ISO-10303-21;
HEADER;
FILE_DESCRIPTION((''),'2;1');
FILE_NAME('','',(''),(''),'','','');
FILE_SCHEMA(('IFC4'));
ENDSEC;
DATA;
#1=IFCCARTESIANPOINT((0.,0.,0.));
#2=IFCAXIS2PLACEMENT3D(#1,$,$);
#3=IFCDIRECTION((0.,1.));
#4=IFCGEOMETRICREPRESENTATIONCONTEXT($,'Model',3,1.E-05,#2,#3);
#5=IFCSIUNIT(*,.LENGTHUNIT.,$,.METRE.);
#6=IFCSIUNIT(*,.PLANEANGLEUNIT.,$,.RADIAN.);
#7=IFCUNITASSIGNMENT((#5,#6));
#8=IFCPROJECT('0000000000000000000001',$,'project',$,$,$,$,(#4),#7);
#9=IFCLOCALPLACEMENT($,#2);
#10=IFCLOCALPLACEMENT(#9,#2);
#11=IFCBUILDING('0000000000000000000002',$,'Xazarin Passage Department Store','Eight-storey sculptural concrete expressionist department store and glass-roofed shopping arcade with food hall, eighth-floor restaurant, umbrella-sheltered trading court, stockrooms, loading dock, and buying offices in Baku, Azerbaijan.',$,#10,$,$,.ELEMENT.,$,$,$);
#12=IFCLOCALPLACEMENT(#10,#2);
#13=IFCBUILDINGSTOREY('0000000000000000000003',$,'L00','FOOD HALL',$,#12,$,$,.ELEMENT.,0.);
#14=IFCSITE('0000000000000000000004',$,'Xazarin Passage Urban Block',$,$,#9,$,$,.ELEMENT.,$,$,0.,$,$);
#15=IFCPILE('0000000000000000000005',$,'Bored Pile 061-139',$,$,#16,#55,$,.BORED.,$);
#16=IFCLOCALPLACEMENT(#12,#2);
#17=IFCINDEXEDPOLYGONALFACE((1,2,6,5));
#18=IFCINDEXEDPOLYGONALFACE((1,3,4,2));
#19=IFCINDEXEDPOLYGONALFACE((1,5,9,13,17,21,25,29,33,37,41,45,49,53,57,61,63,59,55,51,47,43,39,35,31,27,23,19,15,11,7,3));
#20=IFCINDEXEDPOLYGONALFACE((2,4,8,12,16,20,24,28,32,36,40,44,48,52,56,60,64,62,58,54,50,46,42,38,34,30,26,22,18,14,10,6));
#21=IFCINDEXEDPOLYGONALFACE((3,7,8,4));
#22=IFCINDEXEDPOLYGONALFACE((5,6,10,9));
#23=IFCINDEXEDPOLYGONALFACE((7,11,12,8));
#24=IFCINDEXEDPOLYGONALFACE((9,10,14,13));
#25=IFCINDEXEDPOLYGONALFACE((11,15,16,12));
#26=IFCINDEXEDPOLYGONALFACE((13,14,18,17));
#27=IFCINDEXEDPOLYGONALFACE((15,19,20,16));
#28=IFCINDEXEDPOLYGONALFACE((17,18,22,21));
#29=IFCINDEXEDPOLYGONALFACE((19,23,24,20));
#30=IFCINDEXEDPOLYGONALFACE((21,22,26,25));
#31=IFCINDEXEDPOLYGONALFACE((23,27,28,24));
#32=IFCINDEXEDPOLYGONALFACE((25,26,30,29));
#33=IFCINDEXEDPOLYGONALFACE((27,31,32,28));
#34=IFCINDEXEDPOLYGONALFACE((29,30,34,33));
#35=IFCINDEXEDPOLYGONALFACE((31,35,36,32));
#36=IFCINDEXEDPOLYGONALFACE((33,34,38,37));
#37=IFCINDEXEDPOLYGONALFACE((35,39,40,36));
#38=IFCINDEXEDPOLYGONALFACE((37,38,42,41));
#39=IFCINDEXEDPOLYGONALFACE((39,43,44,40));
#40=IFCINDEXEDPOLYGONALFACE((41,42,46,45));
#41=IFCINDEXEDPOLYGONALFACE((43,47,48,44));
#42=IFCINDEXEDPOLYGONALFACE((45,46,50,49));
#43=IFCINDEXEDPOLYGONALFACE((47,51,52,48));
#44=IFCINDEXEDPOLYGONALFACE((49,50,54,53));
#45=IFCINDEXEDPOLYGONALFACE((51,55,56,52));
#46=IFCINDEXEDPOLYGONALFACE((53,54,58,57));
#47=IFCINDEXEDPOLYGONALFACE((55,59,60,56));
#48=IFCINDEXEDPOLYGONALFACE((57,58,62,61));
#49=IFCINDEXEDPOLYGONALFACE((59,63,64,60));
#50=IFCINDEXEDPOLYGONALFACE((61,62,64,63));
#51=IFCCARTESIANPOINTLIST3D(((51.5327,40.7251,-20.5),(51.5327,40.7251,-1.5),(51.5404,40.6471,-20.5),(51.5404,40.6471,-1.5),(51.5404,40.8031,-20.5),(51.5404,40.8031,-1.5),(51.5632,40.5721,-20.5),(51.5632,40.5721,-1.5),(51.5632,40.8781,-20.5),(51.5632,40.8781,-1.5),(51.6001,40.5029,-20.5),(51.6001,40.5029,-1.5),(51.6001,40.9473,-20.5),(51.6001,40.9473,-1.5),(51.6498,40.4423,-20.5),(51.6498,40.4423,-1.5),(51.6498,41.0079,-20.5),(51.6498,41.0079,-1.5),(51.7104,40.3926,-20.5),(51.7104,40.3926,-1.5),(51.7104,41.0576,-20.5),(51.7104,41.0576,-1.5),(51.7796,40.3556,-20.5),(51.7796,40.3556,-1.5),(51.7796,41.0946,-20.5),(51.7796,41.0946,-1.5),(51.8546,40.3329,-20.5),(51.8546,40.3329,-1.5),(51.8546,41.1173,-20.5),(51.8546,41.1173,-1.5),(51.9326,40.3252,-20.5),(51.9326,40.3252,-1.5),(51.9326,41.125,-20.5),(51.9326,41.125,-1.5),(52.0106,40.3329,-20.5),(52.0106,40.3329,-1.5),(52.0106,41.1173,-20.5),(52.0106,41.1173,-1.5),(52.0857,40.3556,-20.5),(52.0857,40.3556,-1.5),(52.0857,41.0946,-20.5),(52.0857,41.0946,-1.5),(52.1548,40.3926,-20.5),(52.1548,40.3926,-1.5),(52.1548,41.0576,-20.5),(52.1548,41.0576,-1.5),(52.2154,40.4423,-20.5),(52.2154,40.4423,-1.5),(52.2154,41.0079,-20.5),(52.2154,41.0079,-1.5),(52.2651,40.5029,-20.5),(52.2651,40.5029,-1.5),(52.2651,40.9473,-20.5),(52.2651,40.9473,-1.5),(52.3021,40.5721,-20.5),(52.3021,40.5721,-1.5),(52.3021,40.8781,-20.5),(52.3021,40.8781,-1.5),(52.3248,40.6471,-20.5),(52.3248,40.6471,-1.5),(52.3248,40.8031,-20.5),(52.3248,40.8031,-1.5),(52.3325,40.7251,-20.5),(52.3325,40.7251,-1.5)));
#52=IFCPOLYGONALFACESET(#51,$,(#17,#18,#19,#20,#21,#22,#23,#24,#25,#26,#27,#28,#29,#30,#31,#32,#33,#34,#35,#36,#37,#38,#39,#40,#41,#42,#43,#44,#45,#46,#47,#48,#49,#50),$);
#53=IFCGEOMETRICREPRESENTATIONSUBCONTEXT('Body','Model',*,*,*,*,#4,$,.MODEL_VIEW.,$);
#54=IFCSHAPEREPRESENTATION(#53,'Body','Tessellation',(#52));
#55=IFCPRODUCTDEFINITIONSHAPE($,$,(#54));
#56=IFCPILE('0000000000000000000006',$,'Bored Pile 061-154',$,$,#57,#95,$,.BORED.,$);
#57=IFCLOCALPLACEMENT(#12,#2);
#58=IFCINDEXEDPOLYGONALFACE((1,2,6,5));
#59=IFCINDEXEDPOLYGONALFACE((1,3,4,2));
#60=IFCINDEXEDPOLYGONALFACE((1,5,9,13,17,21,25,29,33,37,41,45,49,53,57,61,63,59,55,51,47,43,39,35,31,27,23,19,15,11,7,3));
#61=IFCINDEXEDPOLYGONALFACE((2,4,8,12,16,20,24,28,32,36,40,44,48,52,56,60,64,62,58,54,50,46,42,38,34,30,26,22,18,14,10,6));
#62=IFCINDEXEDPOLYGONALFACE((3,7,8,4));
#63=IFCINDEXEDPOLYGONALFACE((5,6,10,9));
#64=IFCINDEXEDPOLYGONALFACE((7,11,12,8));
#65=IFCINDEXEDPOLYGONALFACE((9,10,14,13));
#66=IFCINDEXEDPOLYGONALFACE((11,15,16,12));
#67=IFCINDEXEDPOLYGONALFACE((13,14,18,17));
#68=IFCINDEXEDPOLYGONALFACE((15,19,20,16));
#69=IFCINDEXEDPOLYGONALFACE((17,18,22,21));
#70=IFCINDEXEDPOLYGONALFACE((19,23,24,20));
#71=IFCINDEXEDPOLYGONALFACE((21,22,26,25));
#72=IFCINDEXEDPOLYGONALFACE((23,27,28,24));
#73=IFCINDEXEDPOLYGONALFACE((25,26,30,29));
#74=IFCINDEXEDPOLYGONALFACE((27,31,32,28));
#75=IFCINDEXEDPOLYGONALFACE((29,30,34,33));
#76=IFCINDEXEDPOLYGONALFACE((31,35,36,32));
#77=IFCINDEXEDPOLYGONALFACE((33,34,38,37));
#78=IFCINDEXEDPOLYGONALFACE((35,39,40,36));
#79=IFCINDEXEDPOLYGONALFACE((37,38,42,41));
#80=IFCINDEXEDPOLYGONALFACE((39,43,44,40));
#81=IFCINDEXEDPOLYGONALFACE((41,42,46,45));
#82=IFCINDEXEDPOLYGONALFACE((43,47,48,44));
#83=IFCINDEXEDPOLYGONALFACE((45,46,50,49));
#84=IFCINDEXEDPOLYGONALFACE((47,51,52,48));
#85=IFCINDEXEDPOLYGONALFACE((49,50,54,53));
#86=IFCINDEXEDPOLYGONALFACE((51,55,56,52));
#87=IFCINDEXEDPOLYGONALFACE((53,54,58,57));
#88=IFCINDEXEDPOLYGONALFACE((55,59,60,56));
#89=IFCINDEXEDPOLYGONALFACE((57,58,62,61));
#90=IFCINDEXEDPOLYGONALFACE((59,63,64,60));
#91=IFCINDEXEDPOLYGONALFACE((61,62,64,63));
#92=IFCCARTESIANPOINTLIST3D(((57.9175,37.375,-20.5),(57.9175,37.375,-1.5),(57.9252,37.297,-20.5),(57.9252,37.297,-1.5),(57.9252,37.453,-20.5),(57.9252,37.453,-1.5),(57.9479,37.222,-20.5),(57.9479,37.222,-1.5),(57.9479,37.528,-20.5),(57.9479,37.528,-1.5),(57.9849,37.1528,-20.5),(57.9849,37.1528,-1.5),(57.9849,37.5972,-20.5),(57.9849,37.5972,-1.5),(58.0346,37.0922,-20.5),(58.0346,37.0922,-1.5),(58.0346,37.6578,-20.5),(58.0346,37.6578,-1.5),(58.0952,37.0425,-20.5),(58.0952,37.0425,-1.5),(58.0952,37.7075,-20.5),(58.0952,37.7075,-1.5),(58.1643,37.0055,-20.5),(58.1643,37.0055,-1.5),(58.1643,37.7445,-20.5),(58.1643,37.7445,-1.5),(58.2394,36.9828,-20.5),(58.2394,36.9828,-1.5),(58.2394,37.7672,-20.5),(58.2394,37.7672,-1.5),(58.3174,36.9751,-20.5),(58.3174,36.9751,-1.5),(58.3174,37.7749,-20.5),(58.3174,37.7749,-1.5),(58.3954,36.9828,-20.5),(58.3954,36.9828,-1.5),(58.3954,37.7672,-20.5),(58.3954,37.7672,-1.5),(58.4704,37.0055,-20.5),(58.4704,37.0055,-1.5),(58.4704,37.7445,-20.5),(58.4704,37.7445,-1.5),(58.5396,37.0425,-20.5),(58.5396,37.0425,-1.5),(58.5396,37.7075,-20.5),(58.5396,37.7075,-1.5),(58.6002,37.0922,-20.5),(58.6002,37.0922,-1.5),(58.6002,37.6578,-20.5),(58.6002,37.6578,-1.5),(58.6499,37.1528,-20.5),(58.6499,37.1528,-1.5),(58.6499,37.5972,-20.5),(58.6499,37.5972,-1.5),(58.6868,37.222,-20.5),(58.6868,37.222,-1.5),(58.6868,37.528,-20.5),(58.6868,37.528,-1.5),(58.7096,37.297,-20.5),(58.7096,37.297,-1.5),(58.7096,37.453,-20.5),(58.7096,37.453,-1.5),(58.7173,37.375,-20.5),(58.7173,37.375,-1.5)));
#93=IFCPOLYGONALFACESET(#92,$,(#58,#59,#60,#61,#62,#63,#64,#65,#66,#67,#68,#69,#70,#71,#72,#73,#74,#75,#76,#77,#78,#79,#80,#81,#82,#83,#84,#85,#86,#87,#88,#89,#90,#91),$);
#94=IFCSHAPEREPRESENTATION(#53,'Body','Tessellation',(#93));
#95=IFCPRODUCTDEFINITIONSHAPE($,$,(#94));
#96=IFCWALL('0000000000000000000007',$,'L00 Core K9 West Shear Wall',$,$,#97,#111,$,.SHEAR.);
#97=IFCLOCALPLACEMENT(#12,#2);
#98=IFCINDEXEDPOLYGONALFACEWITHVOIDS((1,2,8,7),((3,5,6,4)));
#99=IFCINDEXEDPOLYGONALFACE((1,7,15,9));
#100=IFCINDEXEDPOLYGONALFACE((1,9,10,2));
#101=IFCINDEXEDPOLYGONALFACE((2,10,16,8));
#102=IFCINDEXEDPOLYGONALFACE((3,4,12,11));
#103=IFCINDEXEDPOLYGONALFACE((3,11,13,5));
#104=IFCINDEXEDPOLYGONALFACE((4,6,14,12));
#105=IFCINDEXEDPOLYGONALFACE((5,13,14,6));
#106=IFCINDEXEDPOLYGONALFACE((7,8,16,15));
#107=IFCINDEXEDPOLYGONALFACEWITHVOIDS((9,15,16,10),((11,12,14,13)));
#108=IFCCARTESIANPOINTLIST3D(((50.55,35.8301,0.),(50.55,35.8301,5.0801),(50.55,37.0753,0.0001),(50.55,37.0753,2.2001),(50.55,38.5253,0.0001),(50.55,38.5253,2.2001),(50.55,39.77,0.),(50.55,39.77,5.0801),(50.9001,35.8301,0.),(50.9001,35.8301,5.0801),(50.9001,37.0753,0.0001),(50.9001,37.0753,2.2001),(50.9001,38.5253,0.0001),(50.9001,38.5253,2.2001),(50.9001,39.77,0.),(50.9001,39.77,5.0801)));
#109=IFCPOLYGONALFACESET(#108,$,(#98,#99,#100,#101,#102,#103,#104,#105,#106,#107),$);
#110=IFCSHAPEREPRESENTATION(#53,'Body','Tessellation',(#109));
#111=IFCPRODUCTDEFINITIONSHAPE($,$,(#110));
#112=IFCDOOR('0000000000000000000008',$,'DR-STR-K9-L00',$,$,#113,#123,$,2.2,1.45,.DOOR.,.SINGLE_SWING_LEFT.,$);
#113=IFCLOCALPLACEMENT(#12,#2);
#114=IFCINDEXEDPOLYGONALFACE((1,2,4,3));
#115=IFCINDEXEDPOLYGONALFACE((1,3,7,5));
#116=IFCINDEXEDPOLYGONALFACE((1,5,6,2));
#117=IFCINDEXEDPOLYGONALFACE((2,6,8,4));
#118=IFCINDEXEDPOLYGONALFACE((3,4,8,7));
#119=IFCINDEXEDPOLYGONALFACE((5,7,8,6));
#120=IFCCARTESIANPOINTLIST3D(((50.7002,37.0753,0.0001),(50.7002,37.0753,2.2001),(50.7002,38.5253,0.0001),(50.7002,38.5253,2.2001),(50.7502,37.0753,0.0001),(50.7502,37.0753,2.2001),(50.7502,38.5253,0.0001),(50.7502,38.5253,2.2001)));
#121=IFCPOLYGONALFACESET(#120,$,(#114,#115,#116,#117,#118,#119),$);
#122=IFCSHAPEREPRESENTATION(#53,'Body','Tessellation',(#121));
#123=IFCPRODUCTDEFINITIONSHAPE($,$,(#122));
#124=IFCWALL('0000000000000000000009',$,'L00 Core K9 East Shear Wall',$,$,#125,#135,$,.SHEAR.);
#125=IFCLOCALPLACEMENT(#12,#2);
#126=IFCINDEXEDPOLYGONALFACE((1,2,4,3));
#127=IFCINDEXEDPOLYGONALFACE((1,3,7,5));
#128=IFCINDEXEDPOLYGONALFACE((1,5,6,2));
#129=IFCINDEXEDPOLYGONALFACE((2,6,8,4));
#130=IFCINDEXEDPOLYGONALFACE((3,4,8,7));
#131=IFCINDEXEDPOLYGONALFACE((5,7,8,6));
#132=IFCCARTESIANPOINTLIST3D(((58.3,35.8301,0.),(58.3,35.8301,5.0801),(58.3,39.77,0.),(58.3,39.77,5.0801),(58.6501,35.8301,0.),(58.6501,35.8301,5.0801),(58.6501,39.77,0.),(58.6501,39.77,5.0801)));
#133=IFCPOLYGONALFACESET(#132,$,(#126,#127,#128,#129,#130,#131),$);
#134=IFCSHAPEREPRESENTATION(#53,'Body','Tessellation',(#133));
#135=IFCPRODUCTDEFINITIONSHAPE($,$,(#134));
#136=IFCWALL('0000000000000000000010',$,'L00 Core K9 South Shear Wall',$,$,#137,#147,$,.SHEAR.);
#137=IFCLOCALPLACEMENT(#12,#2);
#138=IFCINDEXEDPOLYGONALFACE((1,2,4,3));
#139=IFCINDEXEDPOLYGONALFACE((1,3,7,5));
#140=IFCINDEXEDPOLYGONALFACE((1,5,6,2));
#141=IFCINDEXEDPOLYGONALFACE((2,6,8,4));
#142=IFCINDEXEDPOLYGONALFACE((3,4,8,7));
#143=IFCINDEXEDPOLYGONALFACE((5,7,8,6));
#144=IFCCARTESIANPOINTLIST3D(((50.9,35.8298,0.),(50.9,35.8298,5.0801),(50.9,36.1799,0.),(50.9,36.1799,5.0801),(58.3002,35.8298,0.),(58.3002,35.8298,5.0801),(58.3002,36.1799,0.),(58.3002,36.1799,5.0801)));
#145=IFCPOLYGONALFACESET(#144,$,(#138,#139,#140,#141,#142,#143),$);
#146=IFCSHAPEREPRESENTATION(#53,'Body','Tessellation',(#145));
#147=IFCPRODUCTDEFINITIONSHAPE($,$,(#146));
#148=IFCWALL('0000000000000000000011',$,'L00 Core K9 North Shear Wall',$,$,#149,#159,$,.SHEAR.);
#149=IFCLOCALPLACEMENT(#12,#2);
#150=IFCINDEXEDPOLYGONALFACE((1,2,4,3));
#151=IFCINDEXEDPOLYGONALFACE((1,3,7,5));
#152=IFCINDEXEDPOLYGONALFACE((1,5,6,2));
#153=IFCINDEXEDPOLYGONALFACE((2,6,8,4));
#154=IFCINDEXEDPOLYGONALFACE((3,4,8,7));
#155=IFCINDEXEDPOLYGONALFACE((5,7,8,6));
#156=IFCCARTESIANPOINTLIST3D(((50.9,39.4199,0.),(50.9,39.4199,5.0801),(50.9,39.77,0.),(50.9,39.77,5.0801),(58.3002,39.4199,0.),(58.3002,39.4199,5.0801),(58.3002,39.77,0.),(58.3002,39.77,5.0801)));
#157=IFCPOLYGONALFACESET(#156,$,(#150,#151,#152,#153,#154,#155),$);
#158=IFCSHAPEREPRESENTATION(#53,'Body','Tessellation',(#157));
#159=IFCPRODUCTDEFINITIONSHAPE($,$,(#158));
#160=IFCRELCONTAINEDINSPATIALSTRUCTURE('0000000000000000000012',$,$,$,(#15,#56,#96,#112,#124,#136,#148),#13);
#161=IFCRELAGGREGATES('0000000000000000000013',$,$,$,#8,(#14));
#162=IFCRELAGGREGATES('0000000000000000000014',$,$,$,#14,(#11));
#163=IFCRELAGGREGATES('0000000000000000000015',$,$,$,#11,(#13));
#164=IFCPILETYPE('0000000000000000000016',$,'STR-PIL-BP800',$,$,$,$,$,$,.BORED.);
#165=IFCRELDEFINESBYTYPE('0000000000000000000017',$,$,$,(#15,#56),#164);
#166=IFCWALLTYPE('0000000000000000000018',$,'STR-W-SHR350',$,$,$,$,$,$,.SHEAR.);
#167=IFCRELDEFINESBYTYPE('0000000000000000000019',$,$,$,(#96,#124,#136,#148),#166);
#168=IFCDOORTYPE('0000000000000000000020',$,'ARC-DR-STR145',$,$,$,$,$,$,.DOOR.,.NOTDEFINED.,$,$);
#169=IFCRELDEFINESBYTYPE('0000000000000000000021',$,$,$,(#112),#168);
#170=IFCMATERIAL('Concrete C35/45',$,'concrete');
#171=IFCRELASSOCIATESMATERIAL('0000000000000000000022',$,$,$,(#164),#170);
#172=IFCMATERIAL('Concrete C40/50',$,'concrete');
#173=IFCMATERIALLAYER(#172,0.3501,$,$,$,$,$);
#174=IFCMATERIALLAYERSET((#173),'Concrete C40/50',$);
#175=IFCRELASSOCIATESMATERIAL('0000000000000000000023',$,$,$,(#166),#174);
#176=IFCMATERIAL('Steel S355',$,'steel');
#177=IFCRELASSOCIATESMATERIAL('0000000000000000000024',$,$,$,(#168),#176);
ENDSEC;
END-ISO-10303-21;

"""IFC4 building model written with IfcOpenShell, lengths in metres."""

from ifc_helpers import new_model, si_unit, direction, frame, frame_2d, origin, origin_2d, place, context, subcontext, project, spatial, rectangle, circle, extrude, material, layer, layer_set, material_profile, profile_set, type_object, element, fill, save


model = new_model("IFC4")

# Units and contexts
model_context = context("Model", 3, precision=1e-05, world=origin(), true_north=direction((0.0, 1.0)))
body_context = subcontext(model_context, "Body", "Model", "MODEL_VIEW")
ifc_project = project(units=[si_unit("LENGTHUNIT", "METRE"), si_unit("PLANEANGLEUNIT", "RADIAN")], contexts=[model_context])

# Site, building, storey
site_placement = place(None, origin())
site = spatial("IfcSite", under=ifc_project, at=site_placement, Name="Xazarin Passage Urban Block", CompositionType="ELEMENT", RefElevation=0.0)
building_placement = place(site_placement, origin())
building = spatial("IfcBuilding", under=site, at=building_placement, Name="Xazarin Passage Department Store", Description="Eight-storey sculptural concrete expressionist department store and glass-roofed shopping arcade with food hall, eighth-floor restaurant, umbrella-sheltered trading court, stockrooms, loading dock, and buying offices in Baku, Azerbaijan.", CompositionType="ELEMENT")
storey_placement = place(building_placement, origin())
storey = spatial("IfcBuildingStorey", under=building, at=storey_placement, Name="L00", Description="FOOD HALL", CompositionType="ELEMENT", Elevation=0.0)

# Piles
ifc_material_1 = material(Name="Concrete C35/45", Category="concrete")
ifc_material_profile_1 = material_profile(ifc_material_1, circle(Radius=0.3999, at=origin_2d()), Name="BP 800")
ifc_profile_set_1 = profile_set([ifc_material_profile_1], Name="Concrete C35/45")
pile_type_1 = type_object("IfcPileType", Name="STR-PIL-BP800", PredefinedType="BORED", material=ifc_profile_set_1)
for number, where, z_axis, x_axis, name in (
    (1, (51.9326, 40.7251, -1.5), (0.0, 0.0, -1.0), (1.0, 0.0, 0.0), "Bored Pile 061-139"),
    (2, (58.3174, 37.375, -1.5), (0.0, 0.0, -1.0), (1.0, 0.0, 0.0), "Bored Pile 061-154"),
):
    element("IfcPile", number, at=place(storey_placement, frame(where, z_axis=z_axis, x_axis=x_axis)), inside=storey, type_object=pile_type_1, Name=name, PredefinedType="BORED", context=body_context, shape_type="SweptSolid", body=[
        extrude(circle(Radius=0.3999, at=origin_2d()), origin(), (0.0, 0.0, 1.0), 19.0),
    ])

# Wall, opening, door
ifc_material_2 = material(Name="Concrete C40/50", Category="concrete")
ifc_layer = layer(ifc_material_2, 0.3501)
ifc_layer_set = layer_set([ifc_layer], Name="Concrete C40/50")
wall_type = type_object("IfcWallType", Name="STR-W-SHR350", PredefinedType="SHEAR", material=ifc_layer_set)
wall_1_placement = place(storey_placement, frame((50.7251, 35.8301, 0.0), z_axis=(0.0, 0.0, 1.0), x_axis=(0.0, 1.0, 0.0)))
wall_1 = element("IfcWall", 3, at=wall_1_placement, inside=storey, type_object=wall_type, Name="L00 Core K9 West Shear Wall", PredefinedType="SHEAR", context=body_context, shape_type="SweptSolid", body=[
    extrude(rectangle(XDim=3.9399, YDim=0.3501, at=frame_2d((1.97, 0.0))), origin(), (0.0, 0.0, 1.0), 5.0801),
])
opening_placement = place(wall_1_placement, frame((1.2451, 0.0, 0.0)))
opening = element("IfcOpeningElement", 4, at=opening_placement, cuts=wall_1, PredefinedType="OPENING", context=body_context, shape_type="SweptSolid", body=[
    extrude(rectangle(XDim=1.45, YDim=2.2, at=frame_2d((0.7251, 1.1001))), frame((0.0, 0.1851, 0.0), z_axis=(0.0, -1.0, 0.0), x_axis=(1.0, 0.0, 0.0)), (0.0, 0.0, 1.0), 0.3701),
])
ifc_material_3 = material(Name="Steel S355", Category="steel")
door_type = type_object("IfcDoorType", Name="ARC-DR-STR145", OperationType="NOTDEFINED", PredefinedType="DOOR", material=ifc_material_3)
door_placement = place(opening_placement, origin())
door = element("IfcDoor", 5, at=door_placement, inside=storey, type_object=door_type, Name="DR-STR-K9-L00", OperationType="SINGLE_SWING_LEFT", OverallHeight=2.2, OverallWidth=1.45, PredefinedType="DOOR", context=body_context, shape_type="SweptSolid", body=[
    extrude(rectangle(XDim=1.45, YDim=2.2, at=frame_2d((0.7251, 1.1001))), frame((0.0, 0.0249, 0.0), z_axis=(0.0, -1.0, 0.0), x_axis=(1.0, 0.0, 0.0)), (0.0, 0.0, 1.0), 0.05),
])
fill(opening, door)

# Walls
wall_2_placement = place(storey_placement, frame((58.4751, 35.8301, 0.0), z_axis=(0.0, 0.0, 1.0), x_axis=(0.0, 1.0, 0.0)))
element("IfcWall", 6, at=wall_2_placement, inside=storey, type_object=wall_type, Name="L00 Core K9 East Shear Wall", PredefinedType="SHEAR", context=body_context, shape_type="SweptSolid", body=[
    extrude(rectangle(XDim=3.9399, YDim=0.3501, at=frame_2d((1.97, 0.0))), origin(), (0.0, 0.0, 1.0), 5.0801),
])
for number, where, z_axis, x_axis, name in (
    (7, (50.8999, 36.0049, 0.0), (0.0, 0.0, 1.0), (1.0, 0.0, 0.0), "L00 Core K9 South Shear Wall"),
    (8, (50.8999, 39.595, 0.0), (0.0, 0.0, 1.0), (1.0, 0.0, 0.0), "L00 Core K9 North Shear Wall"),
):
    element("IfcWall", number, at=place(storey_placement, frame(where, z_axis=z_axis, x_axis=x_axis)), inside=storey, type_object=wall_type, Name=name, PredefinedType="SHEAR", context=body_context, shape_type="SweptSolid", body=[
        extrude(rectangle(XDim=7.4001, YDim=0.3501, at=frame_2d((3.7002, 0.0))), origin(), (0.0, 0.0, 1.0), 5.0801),
    ])

save(model, "model.ifc")
